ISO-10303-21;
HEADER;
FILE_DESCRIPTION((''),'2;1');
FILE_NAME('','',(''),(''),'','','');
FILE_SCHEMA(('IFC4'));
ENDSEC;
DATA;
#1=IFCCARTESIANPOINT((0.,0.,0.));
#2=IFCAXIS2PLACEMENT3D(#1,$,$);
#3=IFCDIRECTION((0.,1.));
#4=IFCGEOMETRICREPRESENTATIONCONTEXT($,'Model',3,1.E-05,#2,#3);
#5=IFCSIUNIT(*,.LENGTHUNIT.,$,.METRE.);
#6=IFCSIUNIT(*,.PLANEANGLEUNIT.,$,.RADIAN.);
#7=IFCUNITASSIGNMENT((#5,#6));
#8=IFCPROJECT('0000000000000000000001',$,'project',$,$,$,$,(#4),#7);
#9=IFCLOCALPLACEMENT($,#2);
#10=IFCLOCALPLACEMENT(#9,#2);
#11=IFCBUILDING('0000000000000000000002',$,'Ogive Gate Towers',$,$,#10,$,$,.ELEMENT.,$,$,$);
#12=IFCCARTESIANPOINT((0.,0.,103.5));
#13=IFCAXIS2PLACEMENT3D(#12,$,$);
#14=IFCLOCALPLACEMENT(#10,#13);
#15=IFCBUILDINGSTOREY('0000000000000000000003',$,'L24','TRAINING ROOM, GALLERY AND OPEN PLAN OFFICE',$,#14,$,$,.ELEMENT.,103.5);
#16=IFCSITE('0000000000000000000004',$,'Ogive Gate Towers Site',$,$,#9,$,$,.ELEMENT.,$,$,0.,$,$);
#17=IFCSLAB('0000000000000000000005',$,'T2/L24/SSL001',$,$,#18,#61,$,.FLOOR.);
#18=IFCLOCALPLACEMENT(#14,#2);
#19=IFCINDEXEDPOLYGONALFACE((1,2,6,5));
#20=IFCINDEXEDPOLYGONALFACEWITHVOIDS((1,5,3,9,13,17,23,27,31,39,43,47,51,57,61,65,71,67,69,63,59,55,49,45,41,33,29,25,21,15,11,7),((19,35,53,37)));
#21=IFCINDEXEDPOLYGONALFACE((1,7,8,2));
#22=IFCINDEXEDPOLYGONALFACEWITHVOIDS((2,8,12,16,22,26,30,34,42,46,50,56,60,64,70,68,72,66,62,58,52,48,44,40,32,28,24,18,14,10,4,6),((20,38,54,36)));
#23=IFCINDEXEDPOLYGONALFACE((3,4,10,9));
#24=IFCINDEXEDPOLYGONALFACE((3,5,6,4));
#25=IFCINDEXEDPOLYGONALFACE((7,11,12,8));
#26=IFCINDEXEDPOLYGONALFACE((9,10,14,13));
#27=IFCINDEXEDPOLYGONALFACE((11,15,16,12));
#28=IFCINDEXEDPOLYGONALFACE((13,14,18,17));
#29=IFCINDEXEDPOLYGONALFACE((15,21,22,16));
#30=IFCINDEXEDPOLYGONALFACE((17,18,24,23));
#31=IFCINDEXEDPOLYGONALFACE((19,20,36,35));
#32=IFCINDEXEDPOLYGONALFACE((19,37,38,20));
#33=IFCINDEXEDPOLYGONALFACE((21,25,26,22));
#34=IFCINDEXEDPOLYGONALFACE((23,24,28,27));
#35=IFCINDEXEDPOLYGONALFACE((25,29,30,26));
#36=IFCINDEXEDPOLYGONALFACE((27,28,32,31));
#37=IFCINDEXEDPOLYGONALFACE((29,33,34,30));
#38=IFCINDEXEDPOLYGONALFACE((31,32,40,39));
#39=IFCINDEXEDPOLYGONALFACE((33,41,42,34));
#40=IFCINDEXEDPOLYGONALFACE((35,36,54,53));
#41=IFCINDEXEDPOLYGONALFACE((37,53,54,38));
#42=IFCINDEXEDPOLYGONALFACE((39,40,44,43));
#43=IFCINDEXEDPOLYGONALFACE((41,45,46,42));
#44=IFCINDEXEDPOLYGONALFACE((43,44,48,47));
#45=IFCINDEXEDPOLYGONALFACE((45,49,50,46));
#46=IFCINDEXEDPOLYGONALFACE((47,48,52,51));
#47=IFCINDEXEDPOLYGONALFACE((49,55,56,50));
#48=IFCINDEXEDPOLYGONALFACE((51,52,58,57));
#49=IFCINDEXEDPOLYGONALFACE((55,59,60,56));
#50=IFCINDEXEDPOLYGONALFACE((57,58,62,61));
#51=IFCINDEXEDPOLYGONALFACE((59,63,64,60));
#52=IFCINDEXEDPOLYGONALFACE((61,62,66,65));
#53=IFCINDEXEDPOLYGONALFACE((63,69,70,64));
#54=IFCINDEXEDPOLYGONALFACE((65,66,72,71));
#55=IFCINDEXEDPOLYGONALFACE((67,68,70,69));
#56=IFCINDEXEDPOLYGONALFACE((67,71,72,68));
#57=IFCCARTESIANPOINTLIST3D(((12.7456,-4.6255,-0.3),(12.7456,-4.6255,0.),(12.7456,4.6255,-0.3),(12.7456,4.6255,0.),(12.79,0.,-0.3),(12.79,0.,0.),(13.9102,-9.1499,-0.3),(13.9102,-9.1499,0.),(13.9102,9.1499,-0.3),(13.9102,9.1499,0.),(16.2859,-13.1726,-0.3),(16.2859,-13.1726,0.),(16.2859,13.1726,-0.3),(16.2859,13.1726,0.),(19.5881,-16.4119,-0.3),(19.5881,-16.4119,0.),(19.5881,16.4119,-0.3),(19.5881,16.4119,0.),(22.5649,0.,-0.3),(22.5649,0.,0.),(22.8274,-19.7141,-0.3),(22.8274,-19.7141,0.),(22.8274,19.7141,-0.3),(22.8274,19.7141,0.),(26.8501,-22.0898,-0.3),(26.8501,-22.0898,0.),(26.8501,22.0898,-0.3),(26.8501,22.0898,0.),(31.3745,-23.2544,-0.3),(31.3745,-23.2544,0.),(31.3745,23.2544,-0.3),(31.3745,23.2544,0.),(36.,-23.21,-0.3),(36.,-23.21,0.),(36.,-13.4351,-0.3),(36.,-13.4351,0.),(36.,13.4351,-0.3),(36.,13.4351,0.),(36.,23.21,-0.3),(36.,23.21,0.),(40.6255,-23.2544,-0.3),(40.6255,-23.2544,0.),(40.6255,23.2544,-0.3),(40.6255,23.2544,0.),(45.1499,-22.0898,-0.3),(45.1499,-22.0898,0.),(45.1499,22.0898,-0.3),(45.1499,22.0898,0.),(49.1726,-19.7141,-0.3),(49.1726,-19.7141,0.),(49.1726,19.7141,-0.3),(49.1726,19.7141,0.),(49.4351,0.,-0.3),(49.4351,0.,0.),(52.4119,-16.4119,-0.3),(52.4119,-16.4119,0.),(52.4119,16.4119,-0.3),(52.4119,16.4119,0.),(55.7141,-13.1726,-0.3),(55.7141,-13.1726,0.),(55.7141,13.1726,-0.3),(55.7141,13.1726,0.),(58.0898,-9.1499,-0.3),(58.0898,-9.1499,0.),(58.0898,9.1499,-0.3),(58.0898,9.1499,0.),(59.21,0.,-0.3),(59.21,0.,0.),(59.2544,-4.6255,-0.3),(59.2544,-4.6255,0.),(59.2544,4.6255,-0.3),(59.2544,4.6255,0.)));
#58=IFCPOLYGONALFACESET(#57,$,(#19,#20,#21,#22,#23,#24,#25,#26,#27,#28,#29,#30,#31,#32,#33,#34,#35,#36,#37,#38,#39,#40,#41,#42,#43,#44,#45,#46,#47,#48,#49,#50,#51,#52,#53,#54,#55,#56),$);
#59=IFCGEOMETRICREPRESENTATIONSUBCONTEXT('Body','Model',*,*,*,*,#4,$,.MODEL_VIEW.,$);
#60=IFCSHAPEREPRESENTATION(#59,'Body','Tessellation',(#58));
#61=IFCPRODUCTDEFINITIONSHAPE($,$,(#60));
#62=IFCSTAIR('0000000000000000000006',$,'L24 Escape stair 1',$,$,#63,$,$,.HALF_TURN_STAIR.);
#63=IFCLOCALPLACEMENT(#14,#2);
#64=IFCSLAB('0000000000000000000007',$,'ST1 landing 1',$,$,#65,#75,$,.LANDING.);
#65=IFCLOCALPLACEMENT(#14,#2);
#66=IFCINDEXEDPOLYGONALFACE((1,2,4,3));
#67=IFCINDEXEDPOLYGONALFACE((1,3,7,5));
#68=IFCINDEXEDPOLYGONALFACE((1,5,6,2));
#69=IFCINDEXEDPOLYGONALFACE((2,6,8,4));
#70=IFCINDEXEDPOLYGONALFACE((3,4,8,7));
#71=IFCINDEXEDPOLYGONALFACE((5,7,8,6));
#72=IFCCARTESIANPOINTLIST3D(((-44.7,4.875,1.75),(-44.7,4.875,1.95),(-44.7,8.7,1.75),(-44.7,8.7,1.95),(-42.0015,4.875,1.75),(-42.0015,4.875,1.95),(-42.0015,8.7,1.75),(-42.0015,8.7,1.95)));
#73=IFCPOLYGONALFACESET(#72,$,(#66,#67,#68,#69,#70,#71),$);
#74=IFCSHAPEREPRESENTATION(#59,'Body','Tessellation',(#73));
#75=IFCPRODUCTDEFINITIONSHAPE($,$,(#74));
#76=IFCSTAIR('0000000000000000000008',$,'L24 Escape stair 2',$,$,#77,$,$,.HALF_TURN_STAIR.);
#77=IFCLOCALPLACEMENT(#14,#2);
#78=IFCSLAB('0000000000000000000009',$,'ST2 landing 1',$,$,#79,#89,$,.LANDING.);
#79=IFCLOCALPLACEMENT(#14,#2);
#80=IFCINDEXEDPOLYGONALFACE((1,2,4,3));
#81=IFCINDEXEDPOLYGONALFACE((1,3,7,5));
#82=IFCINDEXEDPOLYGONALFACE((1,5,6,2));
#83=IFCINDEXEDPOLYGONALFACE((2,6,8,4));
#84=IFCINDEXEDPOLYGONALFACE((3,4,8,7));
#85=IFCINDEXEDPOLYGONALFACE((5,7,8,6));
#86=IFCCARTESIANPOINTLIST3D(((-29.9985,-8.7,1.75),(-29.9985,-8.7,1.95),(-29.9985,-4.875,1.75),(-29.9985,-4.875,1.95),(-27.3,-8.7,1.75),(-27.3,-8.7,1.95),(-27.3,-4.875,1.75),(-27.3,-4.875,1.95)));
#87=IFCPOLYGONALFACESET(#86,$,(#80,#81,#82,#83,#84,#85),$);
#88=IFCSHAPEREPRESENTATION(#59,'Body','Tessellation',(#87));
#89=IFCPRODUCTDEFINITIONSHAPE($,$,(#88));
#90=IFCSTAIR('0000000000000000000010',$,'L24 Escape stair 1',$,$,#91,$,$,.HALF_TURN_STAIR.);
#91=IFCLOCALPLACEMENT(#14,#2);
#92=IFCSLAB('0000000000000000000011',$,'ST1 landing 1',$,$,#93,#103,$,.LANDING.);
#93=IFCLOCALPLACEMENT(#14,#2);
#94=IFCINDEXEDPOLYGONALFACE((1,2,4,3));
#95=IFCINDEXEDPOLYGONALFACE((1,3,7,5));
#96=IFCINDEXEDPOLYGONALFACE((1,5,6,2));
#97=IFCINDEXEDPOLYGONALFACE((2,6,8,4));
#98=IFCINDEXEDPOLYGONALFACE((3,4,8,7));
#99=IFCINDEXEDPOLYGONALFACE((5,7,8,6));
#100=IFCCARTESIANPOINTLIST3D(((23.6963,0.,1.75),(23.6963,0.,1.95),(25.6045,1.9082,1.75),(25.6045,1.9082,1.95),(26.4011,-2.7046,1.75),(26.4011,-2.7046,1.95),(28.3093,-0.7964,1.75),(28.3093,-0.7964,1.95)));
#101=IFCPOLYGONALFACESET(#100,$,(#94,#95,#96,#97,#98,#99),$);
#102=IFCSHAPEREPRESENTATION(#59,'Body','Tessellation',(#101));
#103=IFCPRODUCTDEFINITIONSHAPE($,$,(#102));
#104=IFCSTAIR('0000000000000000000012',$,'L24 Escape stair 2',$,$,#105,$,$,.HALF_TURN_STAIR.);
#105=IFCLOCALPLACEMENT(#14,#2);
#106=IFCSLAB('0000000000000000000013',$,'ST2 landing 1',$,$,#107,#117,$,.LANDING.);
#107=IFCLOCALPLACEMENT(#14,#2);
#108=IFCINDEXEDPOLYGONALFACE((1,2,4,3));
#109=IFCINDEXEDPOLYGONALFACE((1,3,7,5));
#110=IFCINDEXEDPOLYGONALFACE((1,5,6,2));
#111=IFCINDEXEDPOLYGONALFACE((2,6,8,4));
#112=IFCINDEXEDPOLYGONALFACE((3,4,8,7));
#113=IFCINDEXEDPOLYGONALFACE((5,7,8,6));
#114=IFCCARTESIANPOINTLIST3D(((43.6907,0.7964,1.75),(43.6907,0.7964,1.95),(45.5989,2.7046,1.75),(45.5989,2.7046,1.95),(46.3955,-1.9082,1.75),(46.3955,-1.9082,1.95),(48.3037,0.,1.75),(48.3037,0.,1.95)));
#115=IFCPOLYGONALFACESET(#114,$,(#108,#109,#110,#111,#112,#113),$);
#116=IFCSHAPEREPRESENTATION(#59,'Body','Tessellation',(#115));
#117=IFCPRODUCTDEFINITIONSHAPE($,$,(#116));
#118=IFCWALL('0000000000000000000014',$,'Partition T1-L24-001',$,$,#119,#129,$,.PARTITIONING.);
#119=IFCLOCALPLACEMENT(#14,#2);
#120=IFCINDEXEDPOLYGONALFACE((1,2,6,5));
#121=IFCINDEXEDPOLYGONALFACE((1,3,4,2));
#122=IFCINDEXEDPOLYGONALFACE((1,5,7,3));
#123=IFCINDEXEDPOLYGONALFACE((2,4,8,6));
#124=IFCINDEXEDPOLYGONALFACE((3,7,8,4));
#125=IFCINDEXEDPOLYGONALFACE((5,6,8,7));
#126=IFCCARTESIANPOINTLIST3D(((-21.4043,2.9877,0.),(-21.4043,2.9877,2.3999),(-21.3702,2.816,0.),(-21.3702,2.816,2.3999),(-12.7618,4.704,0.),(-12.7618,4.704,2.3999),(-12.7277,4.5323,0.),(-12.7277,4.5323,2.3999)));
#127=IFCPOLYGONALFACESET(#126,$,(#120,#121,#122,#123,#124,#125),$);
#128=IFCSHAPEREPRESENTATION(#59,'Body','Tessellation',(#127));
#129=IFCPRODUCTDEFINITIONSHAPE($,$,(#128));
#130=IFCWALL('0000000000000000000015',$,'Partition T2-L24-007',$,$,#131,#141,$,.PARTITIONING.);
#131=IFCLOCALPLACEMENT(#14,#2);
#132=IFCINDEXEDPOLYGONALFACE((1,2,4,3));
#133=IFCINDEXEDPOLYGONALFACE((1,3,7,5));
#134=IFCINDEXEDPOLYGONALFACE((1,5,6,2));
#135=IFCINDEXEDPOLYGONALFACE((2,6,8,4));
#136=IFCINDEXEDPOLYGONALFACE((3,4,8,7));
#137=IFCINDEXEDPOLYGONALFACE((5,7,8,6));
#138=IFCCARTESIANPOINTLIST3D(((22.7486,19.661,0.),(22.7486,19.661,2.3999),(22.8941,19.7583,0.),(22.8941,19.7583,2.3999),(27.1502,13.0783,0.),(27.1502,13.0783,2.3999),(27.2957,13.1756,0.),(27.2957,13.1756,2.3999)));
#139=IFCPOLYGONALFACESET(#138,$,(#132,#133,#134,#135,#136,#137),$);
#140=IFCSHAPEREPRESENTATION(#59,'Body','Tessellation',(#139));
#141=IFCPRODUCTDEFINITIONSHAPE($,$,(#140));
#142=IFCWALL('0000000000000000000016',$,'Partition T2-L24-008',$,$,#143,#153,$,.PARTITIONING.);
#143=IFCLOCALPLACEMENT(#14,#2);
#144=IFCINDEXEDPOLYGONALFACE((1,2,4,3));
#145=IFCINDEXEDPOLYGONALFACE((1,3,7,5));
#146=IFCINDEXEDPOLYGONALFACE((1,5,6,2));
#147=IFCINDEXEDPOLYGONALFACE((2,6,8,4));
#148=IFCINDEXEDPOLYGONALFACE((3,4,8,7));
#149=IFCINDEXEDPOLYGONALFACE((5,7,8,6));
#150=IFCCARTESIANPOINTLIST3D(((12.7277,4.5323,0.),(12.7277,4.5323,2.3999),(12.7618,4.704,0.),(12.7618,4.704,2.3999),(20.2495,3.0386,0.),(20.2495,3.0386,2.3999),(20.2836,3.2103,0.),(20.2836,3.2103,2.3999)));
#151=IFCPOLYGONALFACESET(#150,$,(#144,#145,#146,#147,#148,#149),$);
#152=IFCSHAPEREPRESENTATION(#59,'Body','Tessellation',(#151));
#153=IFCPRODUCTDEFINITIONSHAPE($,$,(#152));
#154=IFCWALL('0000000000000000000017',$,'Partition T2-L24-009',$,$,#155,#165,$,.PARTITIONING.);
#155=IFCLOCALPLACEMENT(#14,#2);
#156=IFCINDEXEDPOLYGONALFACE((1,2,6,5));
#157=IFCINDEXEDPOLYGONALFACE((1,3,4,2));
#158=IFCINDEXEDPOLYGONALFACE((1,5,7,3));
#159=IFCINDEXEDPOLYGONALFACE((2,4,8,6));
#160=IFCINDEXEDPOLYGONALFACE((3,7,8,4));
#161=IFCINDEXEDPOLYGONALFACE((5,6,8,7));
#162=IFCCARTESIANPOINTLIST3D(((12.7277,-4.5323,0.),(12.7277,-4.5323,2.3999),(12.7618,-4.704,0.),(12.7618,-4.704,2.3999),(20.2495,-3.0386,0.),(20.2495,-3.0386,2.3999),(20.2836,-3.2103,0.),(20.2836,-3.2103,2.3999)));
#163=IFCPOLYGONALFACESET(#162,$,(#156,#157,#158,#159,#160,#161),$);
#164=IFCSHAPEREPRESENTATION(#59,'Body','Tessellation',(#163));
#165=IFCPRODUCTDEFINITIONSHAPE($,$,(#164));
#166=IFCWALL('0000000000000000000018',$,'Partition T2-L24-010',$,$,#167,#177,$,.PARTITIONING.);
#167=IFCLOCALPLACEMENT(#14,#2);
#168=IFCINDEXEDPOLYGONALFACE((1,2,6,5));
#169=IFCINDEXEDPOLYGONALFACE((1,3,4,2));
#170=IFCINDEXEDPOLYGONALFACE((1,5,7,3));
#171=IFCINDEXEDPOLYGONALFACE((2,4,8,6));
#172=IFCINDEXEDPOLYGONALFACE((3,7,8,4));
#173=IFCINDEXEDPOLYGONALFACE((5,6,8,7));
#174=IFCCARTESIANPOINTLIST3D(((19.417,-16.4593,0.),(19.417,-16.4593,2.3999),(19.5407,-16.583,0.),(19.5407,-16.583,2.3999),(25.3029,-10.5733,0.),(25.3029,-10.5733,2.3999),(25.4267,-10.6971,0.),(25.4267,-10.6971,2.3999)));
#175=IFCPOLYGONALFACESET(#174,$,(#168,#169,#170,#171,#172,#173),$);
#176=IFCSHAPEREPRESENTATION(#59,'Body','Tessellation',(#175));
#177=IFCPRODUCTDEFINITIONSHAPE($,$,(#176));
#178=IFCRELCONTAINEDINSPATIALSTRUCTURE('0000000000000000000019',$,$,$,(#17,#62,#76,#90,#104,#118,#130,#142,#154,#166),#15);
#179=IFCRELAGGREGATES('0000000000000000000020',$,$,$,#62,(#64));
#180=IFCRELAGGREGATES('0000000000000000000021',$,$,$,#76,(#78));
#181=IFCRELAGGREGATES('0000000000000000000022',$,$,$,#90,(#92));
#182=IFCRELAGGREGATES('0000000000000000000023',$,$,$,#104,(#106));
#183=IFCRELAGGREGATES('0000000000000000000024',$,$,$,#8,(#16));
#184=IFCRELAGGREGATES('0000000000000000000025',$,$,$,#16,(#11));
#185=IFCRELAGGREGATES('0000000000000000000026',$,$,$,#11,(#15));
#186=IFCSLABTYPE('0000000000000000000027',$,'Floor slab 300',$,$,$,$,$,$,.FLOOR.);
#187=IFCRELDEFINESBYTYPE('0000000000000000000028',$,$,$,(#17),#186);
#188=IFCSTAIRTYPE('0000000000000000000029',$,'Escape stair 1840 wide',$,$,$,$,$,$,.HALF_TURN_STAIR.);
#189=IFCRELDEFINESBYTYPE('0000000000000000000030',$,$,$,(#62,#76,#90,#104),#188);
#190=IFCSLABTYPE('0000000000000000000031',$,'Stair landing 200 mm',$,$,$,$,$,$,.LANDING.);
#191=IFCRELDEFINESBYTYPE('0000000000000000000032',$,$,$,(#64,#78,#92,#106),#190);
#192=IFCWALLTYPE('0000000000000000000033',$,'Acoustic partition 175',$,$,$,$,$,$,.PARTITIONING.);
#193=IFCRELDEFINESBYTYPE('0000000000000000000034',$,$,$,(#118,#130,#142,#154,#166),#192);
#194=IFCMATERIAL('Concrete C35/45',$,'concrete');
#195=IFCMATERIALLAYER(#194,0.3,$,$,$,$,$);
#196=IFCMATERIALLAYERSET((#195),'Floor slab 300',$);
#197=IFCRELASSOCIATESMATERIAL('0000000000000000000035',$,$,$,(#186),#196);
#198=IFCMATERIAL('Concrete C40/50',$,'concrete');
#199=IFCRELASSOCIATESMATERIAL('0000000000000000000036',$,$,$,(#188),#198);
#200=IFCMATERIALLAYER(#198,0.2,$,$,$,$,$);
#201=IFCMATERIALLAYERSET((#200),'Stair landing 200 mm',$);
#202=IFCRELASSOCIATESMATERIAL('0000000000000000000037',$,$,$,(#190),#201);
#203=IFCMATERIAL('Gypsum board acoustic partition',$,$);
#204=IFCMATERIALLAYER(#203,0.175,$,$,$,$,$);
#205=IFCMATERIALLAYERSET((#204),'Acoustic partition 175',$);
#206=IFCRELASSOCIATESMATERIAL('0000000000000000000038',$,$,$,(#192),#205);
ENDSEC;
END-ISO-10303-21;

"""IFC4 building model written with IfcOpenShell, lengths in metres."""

from ifc_helpers import new_model, si_unit, direction, frame, frame_2d, origin, place, context, subcontext, project, spatial, polyline, rectangle, outline, extrude, material, layer, layer_set, type_object, element, aggregate, save


model = new_model("IFC4")

# Units and contexts
model_context = context("Model", 3, precision=1e-05, world=origin(), true_north=direction((0.0, 1.0)))
body_context = subcontext(model_context, "Body", "Model", "MODEL_VIEW")
ifc_project = project(units=[si_unit("LENGTHUNIT", "METRE"), si_unit("PLANEANGLEUNIT", "RADIAN")], contexts=[model_context])

# Site, building, storey
site_placement = place(None, origin())
site = spatial("IfcSite", under=ifc_project, at=site_placement, Name="Ogive Gate Towers Site", CompositionType="ELEMENT", RefElevation=0.0)
building_placement = place(site_placement, origin())
building = spatial("IfcBuilding", under=site, at=building_placement, Name="Ogive Gate Towers", CompositionType="ELEMENT")
storey_placement = place(building_placement, frame((0.0, 0.0, 103.5)))
storey = spatial("IfcBuildingStorey", under=building, at=storey_placement, Name="L24", Description="TRAINING ROOM, GALLERY AND OPEN PLAN OFFICE", CompositionType="ELEMENT", Elevation=103.5)

# Shared definitions
ifc_material_1 = material(Name="Concrete C40/50", Category="concrete")

# Slab
ifc_material_2 = material(Name="Concrete C35/45", Category="concrete")
ifc_layer_1 = layer(ifc_material_2, 0.3)
ifc_layer_set_1 = layer_set([ifc_layer_1], Name="Floor slab 300")
slab_type_1 = type_object("IfcSlabType", Name="Floor slab 300", PredefinedType="FLOOR", material=ifc_layer_set_1)
slab_1_placement = place(storey_placement, frame((0.0, 0.0, -0.3)))
element("IfcSlab", 1, at=slab_1_placement, inside=storey, type_object=slab_type_1, Name="T2/L24/SSL001", PredefinedType="FLOOR", context=body_context, shape_type="SweptSolid", body=[
    extrude(outline(polyline([(59.2544, -4.6255), (59.21, 0.0), (59.2544, 4.6255), (58.0898, 9.1499), (55.7141, 13.1726), (52.4119, 16.4119), (49.1726, 19.7141), (45.1499, 22.0898), (40.6255, 23.2544), (36.0, 23.21), (31.3745, 23.2544), (26.8501, 22.0898), (22.8274, 19.7141), (19.5881, 16.4119), (16.2859, 13.1726), (13.9102, 9.1499), (12.7456, 4.6255), (12.79, 0.0), (12.7456, -4.6255), (13.9102, -9.1499), (16.2859, -13.1726), (19.5881, -16.4119), (22.8274, -19.7141), (26.8501, -22.0898), (31.3745, -23.2544), (36.0, -23.21), (40.6255, -23.2544), (45.1499, -22.0898), (49.1726, -19.7141), (52.4119, -16.4119), (55.7141, -13.1726), (58.0898, -9.1499), (59.2544, -4.6255)]), holes=[polyline([(49.4351, 0.0), (36.0, -13.4351), (22.5649, 0.0), (36.0, 13.4351), (49.4351, 0.0)])]), origin(), (0.0, 0.0, 1.0), 0.3),
])

# Stairs, slabs
stair_type = type_object("IfcStairType", Name="Escape stair 1840 wide", PredefinedType="HALF_TURN_STAIR", material=ifc_material_1)
stair_1_placement = place(storey_placement, origin())
stair_1 = element("IfcStair", 2, at=stair_1_placement, inside=storey, type_object=stair_type, Name="L24 Escape stair 1", PredefinedType="HALF_TURN_STAIR")
ifc_layer_2 = layer(ifc_material_1, 0.2)
ifc_layer_set_2 = layer_set([ifc_layer_2], Name="Stair landing 200 mm")
slab_type_2 = type_object("IfcSlabType", Name="Stair landing 200 mm", PredefinedType="LANDING", material=ifc_layer_set_2)
slab_2_placement = place(storey_placement, frame((0.0, 0.0, 1.75)))
slab_2 = element("IfcSlab", 3, at=slab_2_placement, type_object=slab_type_2, Name="ST1 landing 1", PredefinedType="LANDING", context=body_context, shape_type="SweptSolid", body=[
    extrude(outline(polyline([(-42.0015, 8.7), (-44.7, 8.7), (-44.7, 4.875), (-42.0015, 4.875), (-42.0015, 8.7)])), origin(), (0.0, 0.0, 1.0), 0.2),
])
aggregate(stair_1, [slab_2])
stair_2_placement = place(storey_placement, origin())
stair_2 = element("IfcStair", 4, at=stair_2_placement, inside=storey, type_object=stair_type, Name="L24 Escape stair 2", PredefinedType="HALF_TURN_STAIR")
slab_3_placement = place(storey_placement, frame((0.0, 0.0, 1.75)))
slab_3 = element("IfcSlab", 5, at=slab_3_placement, type_object=slab_type_2, Name="ST2 landing 1", PredefinedType="LANDING", context=body_context, shape_type="SweptSolid", body=[
    extrude(outline(polyline([(-29.9985, -8.7), (-27.3, -8.7), (-27.3, -4.875), (-29.9985, -4.875), (-29.9985, -8.7)])), origin(), (0.0, 0.0, 1.0), 0.2),
])
aggregate(stair_2, [slab_3])
stair_3_placement = place(storey_placement, origin())
stair_3 = element("IfcStair", 6, at=stair_3_placement, inside=storey, type_object=stair_type, Name="L24 Escape stair 1", PredefinedType="HALF_TURN_STAIR")
slab_4_placement = place(storey_placement, frame((0.0, 0.0, 1.75)))
slab_4 = element("IfcSlab", 7, at=slab_4_placement, type_object=slab_type_2, Name="ST1 landing 1", PredefinedType="LANDING", context=body_context, shape_type="SweptSolid", body=[
    extrude(outline(polyline([(25.6045, 1.9082), (23.6963, 0.0), (26.4011, -2.7046), (28.3093, -0.7964), (25.6045, 1.9082)])), origin(), (0.0, 0.0, 1.0), 0.2),
])
aggregate(stair_3, [slab_4])
stair_4_placement = place(storey_placement, origin())
stair_4 = element("IfcStair", 8, at=stair_4_placement, inside=storey, type_object=stair_type, Name="L24 Escape stair 2", PredefinedType="HALF_TURN_STAIR")
slab_5_placement = place(storey_placement, frame((0.0, 0.0, 1.75)))
slab_5 = element("IfcSlab", 9, at=slab_5_placement, type_object=slab_type_2, Name="ST2 landing 1", PredefinedType="LANDING", context=body_context, shape_type="SweptSolid", body=[
    extrude(outline(polyline([(46.3955, -1.9082), (48.3037, 0.0), (45.5989, 2.7046), (43.6907, 0.7964), (46.3955, -1.9082)])), origin(), (0.0, 0.0, 1.0), 0.2),
])
aggregate(stair_4, [slab_5])

# Walls
ifc_material_3 = material(Name="Gypsum board acoustic partition")
ifc_layer_3 = layer(ifc_material_3, 0.175)
ifc_layer_set_3 = layer_set([ifc_layer_3], Name="Acoustic partition 175")
wall_type_1 = type_object("IfcWallType", Name="Acoustic partition 175", PredefinedType="PARTITIONING", material=ifc_layer_set_3)
wall_1_placement = place(storey_placement, frame((-12.7446, 4.6182, 0.0), z_axis=(0.0, 0.0, 1.0), x_axis=(-0.980846, -0.194784, 0.0)))
element("IfcWall", 10, at=wall_1_placement, inside=storey, type_object=wall_type_1, Name="Partition T1-L24-001", PredefinedType="PARTITIONING", context=body_context, shape_type="SweptSolid", body=[
    extrude(rectangle(XDim=8.8113, YDim=0.175, at=frame_2d((4.4058, 0.0))), origin(), (0.0, 0.0, 1.0), 2.3999),
])
wall_2_placement = place(storey_placement, frame((22.8213, 19.7097, 0.0), z_axis=(0.0, 0.0, 1.0), x_axis=(0.555845, -0.831286, 0.0)))
element("IfcWall", 11, at=wall_2_placement, inside=storey, type_object=wall_type_1, Name="Partition T2-L24-007", PredefinedType="PARTITIONING", context=body_context, shape_type="SweptSolid", body=[
    extrude(rectangle(XDim=7.9187, YDim=0.175, at=frame_2d((3.9595, 0.0))), origin(), (0.0, 0.0, 1.0), 2.3999),
])
for number, where, z_axis, x_axis, name in (
    (12, (12.7446, 4.6182, 0.0), (0.0, 0.0, 1.0), (0.980848, -0.194775, 0.0), "Partition T2-L24-008"),
    (13, (12.7446, -4.6182, 0.0), (0.0, 0.0, 1.0), (0.980848, 0.194775, 0.0), "Partition T2-L24-009"),
):
    element("IfcWall", number, at=place(storey_placement, frame(where, z_axis=z_axis, x_axis=x_axis)), inside=storey, type_object=wall_type_1, Name=name, PredefinedType="PARTITIONING", context=body_context, shape_type="SweptSolid", body=[
        extrude(rectangle(XDim=7.6687, YDim=0.175, at=frame_2d((3.8345, 0.0))), origin(), (0.0, 0.0, 1.0), 2.3999),
    ])
wall_3_placement = place(storey_placement, frame((19.4788, -16.5212, 0.0), z_axis=(0.0, 0.0, 1.0), x_axis=(0.707107, 0.707107, 0.0)))
element("IfcWall", 14, at=wall_3_placement, inside=storey, type_object=wall_type_1, Name="Partition T2-L24-010", PredefinedType="PARTITIONING", context=body_context, shape_type="SweptSolid", body=[
    extrude(rectangle(XDim=8.324, YDim=0.175, at=frame_2d((4.1621, 0.0))), origin(), (0.0, 0.0, 1.0), 2.3999),
])

save(model, "model.ifc")
